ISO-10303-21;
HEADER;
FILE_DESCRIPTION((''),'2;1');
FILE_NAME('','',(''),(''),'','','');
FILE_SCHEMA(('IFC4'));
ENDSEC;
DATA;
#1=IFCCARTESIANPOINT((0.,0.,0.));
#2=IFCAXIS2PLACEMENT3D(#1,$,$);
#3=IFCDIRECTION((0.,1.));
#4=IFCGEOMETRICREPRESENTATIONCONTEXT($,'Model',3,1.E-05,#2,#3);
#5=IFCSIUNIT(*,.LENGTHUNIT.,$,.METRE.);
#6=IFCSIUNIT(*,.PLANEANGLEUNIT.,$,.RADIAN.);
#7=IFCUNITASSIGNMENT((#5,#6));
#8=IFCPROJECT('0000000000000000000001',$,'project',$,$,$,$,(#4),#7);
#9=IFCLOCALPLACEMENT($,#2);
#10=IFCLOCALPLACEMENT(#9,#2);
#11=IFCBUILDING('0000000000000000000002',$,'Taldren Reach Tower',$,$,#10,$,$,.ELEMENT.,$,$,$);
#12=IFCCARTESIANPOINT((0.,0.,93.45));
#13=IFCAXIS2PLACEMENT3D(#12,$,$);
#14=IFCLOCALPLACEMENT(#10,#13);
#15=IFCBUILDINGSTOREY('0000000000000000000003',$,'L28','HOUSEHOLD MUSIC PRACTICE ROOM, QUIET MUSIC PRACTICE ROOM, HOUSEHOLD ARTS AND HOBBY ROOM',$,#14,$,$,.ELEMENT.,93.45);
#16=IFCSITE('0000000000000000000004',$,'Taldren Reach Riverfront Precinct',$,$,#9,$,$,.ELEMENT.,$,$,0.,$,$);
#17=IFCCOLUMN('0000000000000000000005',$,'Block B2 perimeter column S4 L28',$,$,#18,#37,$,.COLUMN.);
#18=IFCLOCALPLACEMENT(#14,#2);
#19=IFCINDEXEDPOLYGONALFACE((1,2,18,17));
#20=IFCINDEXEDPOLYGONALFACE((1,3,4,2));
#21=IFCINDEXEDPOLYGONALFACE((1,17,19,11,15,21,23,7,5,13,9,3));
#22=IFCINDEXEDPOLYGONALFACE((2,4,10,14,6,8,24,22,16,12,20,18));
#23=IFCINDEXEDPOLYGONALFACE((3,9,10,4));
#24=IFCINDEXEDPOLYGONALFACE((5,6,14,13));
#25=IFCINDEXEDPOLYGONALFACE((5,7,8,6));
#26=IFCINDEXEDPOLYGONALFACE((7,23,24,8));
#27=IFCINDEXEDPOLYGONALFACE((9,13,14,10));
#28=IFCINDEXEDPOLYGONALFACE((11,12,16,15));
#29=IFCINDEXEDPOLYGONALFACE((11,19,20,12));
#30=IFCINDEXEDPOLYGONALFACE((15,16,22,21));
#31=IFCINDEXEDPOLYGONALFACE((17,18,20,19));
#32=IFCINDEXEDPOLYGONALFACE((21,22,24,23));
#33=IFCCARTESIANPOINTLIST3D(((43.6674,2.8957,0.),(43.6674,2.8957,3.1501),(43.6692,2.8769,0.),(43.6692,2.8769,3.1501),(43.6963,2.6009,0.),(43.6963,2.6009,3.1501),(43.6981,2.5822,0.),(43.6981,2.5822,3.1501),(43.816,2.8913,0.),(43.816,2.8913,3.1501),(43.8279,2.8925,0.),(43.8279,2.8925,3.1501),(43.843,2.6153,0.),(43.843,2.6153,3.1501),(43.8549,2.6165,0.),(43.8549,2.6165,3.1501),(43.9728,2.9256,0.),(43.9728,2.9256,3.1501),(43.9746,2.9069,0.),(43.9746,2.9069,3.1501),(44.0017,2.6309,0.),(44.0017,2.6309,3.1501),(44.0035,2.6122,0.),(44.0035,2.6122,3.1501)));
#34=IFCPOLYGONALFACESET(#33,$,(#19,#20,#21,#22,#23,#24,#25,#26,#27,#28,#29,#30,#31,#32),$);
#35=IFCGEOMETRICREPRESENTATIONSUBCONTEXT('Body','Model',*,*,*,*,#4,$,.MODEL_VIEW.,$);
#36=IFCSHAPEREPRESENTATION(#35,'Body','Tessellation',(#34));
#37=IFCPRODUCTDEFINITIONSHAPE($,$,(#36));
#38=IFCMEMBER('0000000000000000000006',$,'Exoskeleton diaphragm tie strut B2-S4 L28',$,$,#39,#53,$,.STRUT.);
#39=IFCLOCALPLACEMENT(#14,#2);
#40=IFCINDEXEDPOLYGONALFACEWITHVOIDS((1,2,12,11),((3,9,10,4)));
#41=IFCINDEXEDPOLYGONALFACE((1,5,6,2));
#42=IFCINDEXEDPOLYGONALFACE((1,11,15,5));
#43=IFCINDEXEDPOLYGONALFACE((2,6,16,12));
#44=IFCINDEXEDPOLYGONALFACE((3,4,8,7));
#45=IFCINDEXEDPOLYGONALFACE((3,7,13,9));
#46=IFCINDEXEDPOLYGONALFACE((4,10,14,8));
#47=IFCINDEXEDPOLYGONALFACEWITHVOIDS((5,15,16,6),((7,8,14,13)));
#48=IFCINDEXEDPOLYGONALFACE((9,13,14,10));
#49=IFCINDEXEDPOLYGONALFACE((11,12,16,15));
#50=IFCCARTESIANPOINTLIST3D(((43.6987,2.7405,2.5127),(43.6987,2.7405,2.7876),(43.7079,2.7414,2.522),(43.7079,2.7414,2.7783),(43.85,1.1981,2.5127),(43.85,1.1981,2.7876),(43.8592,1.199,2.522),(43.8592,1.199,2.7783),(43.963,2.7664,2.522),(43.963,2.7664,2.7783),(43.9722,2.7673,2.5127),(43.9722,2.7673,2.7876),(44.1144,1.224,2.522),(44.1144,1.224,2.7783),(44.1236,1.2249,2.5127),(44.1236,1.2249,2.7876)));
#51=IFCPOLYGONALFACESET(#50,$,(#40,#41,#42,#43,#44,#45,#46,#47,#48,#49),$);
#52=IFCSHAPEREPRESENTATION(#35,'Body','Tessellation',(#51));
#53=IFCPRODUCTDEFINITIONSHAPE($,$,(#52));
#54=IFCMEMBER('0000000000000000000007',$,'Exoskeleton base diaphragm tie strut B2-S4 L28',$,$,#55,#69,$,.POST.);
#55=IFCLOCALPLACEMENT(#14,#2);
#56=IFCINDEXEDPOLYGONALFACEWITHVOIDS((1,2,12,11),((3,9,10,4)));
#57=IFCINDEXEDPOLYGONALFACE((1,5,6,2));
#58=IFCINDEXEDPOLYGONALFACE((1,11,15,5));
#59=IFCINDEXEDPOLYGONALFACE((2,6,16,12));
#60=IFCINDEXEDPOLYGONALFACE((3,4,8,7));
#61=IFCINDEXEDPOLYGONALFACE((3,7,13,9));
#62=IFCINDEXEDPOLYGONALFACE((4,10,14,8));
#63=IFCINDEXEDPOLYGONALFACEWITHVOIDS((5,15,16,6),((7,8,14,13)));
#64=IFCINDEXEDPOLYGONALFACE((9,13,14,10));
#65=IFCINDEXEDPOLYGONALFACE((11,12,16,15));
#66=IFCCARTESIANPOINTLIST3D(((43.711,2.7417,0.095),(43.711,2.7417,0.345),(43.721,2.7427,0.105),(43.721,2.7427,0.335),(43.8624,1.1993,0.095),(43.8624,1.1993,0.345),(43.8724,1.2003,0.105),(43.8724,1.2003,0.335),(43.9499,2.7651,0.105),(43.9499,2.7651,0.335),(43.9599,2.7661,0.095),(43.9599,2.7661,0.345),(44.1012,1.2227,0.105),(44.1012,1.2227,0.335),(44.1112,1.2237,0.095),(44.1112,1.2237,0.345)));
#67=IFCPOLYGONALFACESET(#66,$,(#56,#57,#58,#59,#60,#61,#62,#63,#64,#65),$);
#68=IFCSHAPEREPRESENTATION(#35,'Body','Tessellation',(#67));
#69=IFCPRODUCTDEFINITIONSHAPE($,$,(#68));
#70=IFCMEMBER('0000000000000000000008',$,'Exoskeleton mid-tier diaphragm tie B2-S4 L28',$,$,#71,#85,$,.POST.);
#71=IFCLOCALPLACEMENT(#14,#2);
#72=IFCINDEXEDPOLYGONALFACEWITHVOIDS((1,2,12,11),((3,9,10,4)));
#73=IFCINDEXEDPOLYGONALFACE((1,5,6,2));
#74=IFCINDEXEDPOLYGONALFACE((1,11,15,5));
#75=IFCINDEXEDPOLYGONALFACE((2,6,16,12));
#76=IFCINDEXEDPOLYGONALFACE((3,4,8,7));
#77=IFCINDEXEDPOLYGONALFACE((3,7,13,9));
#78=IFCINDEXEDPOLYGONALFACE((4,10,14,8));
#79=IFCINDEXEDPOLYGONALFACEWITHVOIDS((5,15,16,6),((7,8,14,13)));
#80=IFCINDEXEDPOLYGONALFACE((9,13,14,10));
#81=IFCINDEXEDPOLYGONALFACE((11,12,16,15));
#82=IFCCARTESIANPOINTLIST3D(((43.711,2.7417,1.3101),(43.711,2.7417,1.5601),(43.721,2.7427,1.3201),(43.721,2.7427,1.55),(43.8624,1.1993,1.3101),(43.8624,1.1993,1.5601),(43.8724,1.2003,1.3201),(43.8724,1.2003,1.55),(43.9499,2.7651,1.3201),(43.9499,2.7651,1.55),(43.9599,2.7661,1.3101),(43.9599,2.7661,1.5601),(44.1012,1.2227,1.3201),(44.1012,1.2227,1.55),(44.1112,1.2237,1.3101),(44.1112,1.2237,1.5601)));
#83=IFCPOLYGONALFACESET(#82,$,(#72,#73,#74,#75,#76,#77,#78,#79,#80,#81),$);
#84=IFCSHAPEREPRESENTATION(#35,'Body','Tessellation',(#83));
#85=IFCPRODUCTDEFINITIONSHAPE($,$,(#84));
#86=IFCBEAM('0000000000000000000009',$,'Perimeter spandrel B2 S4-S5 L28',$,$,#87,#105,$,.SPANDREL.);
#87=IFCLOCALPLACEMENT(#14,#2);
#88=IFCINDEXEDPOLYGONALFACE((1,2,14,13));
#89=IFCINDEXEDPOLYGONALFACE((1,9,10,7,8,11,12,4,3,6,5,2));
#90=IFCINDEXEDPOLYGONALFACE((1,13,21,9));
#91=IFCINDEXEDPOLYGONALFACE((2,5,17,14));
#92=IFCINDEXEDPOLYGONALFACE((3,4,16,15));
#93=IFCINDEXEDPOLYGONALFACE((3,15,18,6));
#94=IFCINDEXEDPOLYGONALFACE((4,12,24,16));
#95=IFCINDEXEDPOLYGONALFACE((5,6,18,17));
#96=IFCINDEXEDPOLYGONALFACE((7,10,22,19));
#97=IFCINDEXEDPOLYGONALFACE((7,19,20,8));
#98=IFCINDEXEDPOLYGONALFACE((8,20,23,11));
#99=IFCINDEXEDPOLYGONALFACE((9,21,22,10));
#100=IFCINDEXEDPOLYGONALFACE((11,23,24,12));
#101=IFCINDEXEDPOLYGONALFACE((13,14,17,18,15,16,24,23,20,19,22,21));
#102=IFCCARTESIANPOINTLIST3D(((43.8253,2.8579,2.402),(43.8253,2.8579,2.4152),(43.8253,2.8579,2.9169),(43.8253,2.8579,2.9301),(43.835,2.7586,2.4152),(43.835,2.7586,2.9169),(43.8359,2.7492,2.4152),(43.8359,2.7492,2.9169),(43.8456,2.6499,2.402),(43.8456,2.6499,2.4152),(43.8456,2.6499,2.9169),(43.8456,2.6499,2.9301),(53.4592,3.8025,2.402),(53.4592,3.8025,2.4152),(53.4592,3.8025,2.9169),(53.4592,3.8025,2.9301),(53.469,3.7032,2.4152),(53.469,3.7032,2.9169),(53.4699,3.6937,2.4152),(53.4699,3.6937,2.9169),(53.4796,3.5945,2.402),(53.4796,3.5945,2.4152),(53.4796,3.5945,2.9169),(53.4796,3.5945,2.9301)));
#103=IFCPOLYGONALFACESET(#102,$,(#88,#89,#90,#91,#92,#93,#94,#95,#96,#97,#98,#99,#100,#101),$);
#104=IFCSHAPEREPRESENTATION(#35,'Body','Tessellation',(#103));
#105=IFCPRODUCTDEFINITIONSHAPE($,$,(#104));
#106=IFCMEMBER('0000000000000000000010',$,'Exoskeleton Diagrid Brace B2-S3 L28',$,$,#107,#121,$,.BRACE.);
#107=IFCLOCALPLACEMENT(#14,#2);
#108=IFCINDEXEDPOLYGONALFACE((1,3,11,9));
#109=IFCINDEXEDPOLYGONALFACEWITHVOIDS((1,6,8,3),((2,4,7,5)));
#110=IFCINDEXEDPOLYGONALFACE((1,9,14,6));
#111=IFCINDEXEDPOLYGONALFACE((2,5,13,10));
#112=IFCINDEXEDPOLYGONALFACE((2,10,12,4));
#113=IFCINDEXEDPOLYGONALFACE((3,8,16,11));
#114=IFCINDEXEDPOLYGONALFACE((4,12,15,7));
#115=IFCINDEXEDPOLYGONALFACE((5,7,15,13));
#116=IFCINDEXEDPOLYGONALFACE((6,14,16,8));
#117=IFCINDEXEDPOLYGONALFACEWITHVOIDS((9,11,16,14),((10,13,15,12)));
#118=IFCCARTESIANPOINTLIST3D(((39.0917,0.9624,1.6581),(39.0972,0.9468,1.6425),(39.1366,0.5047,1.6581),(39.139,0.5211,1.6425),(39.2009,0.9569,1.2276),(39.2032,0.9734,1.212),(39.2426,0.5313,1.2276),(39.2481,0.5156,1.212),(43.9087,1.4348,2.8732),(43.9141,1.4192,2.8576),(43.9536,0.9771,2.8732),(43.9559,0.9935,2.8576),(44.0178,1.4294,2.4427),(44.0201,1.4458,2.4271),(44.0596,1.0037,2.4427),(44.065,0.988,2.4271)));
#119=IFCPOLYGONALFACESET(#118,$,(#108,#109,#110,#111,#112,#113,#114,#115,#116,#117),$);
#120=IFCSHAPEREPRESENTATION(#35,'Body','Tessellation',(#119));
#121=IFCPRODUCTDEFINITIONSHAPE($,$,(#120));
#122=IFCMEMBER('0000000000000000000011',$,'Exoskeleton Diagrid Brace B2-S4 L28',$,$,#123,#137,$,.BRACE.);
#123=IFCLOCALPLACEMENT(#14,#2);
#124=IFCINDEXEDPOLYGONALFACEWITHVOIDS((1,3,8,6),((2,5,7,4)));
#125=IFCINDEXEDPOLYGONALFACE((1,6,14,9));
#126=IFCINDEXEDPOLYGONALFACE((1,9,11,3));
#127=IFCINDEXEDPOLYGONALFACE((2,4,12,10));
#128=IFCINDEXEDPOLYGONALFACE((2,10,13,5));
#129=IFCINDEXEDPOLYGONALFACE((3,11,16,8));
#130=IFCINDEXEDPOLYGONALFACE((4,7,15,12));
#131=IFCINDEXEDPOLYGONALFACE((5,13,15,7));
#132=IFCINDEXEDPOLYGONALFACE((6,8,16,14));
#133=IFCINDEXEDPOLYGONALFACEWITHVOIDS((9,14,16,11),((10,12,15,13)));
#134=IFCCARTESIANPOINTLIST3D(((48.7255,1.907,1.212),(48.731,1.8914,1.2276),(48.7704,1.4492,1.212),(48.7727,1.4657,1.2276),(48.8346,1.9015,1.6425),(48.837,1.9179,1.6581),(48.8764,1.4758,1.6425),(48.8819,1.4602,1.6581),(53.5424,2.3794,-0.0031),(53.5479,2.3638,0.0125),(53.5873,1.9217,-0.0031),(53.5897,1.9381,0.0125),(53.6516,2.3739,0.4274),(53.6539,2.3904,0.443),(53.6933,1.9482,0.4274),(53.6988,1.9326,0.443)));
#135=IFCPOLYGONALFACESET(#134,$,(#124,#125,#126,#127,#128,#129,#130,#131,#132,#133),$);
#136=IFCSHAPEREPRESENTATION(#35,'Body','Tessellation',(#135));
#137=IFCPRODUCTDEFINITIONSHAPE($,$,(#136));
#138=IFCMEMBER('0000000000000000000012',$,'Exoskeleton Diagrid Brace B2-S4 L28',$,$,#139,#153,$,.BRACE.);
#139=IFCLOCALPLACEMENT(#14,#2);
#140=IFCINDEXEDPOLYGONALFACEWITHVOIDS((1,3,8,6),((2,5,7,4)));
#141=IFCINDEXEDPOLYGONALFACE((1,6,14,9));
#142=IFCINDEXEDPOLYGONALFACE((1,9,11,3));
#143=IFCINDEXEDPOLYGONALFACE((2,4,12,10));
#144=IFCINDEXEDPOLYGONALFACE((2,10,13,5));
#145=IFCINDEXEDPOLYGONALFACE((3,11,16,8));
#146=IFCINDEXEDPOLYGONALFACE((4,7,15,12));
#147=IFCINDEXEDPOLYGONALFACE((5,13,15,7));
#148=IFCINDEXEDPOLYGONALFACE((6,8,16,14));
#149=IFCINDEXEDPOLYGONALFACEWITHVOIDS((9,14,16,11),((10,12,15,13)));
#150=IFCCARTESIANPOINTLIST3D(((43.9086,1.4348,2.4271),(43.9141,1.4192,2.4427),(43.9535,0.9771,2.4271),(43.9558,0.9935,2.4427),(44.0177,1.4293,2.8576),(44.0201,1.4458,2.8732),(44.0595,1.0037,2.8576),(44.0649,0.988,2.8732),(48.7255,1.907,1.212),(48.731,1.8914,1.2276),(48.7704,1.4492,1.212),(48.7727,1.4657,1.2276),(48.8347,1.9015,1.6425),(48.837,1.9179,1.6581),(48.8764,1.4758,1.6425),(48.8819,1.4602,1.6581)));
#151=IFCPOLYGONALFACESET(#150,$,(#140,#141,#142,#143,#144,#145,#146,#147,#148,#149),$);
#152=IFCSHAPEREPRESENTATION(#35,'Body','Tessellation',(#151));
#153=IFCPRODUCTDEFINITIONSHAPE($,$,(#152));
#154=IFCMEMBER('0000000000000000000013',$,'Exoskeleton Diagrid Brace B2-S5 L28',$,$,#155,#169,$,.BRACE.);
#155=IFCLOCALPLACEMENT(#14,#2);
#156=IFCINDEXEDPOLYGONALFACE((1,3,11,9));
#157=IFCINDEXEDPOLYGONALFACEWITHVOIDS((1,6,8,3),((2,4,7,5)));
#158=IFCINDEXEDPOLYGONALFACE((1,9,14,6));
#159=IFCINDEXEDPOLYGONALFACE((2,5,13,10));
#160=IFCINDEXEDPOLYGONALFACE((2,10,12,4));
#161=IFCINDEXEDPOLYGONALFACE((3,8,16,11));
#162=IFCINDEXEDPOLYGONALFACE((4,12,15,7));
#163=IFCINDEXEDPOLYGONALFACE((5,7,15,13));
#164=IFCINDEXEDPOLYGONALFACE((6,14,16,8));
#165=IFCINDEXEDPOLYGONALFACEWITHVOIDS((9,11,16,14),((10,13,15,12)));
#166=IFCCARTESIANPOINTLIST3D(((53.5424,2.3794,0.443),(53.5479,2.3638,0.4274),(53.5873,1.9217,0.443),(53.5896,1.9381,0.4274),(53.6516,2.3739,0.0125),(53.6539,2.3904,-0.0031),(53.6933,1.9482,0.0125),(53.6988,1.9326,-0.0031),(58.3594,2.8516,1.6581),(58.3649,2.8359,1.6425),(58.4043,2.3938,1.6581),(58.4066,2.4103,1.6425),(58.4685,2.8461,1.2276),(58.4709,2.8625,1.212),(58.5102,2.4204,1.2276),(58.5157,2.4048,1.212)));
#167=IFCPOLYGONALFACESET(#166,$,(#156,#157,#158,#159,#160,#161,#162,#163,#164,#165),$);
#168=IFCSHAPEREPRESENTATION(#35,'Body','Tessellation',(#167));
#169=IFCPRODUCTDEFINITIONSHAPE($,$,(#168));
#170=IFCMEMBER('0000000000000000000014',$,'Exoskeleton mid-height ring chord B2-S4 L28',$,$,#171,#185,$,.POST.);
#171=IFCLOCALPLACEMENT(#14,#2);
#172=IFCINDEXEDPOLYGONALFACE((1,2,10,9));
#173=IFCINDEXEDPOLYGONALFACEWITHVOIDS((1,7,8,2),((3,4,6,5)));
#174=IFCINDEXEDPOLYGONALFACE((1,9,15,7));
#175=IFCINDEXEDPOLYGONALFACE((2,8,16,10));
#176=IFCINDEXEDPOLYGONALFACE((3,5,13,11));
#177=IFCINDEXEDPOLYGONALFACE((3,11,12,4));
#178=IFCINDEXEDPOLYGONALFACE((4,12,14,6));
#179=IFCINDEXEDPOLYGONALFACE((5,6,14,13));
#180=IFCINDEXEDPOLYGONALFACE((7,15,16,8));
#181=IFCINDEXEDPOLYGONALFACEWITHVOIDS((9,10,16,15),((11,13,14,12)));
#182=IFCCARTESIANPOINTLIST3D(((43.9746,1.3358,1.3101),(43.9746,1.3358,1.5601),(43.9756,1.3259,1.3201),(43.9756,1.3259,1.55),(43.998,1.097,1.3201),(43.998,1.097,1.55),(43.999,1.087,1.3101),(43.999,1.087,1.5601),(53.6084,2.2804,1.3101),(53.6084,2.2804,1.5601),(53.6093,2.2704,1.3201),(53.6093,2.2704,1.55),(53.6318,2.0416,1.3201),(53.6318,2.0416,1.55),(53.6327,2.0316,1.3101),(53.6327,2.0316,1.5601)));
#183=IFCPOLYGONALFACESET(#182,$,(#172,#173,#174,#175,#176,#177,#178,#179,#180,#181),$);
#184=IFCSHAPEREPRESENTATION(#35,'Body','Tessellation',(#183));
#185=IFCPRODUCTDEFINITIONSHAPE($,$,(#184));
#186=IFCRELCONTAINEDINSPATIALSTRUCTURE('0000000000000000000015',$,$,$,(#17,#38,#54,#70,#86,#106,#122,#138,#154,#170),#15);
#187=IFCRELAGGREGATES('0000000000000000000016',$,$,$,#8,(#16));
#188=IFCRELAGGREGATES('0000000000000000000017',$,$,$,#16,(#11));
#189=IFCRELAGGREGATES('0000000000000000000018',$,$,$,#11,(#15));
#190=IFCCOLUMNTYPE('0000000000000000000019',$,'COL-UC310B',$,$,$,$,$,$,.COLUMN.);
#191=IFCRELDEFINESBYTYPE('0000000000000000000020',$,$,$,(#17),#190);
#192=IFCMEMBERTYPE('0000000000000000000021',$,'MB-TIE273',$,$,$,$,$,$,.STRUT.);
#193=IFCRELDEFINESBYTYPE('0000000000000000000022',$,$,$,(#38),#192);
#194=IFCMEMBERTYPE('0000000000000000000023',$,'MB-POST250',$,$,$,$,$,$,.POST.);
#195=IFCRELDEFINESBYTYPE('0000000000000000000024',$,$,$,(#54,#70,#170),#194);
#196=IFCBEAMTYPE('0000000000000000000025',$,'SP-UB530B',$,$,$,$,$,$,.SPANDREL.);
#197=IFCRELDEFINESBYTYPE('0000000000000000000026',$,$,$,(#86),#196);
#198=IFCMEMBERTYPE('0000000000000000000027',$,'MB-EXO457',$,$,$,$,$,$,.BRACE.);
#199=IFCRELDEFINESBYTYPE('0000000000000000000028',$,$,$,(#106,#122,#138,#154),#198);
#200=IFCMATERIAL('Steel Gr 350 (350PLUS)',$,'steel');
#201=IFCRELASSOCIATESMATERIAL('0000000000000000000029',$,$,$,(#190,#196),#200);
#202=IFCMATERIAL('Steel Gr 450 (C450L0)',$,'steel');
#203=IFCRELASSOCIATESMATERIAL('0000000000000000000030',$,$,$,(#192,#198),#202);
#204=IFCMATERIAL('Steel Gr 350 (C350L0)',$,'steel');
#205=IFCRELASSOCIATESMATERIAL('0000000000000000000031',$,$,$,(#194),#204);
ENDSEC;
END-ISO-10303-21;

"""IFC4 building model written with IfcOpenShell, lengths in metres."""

from ifc_helpers import new_model, si_unit, direction, frame, origin, origin_2d, place, context, subcontext, project, spatial, hollow_rectangle, i_section, extrude, source, transform, mapped, material, material_profile, profile_set, type_object, element, save


model = new_model("IFC4")

# Units and contexts
model_context = context("Model", 3, precision=1e-05, world=origin(), true_north=direction((0.0, 1.0)))
body_context = subcontext(model_context, "Body", "Model", "MODEL_VIEW")
ifc_project = project(units=[si_unit("LENGTHUNIT", "METRE"), si_unit("PLANEANGLEUNIT", "RADIAN")], contexts=[model_context])

# Site, building, storey
site_placement = place(None, origin())
site = spatial("IfcSite", under=ifc_project, at=site_placement, Name="Taldren Reach Riverfront Precinct", CompositionType="ELEMENT", RefElevation=0.0)
building_placement = place(site_placement, origin())
building = spatial("IfcBuilding", under=site, at=building_placement, Name="Taldren Reach Tower", CompositionType="ELEMENT")
storey_placement = place(building_placement, frame((0.0, 0.0, 93.45)))
storey = spatial("IfcBuildingStorey", under=building, at=storey_placement, Name="L28", Description="HOUSEHOLD MUSIC PRACTICE ROOM, QUIET MUSIC PRACTICE ROOM, HOUSEHOLD ARTS AND HOBBY ROOM", CompositionType="ELEMENT", Elevation=93.45)

# Column
ifc_material_1 = material(Name="Steel Gr 350 (350PLUS)", Category="steel")
ifc_material_profile_1 = material_profile(ifc_material_1, i_section(OverallWidth=0.3069, OverallDepth=0.3149, WebThickness=0.012, FlangeThickness=0.0188, at=origin_2d()), Name="310UC118")
ifc_profile_set_1 = profile_set([ifc_material_profile_1], Name="Steel Gr 350 (350PLUS)")
column_type = type_object("IfcColumnType", Name="COL-UC310B", PredefinedType="COLUMN", material=ifc_profile_set_1)
shared_shape_1 = source(origin(), body_context, "Body", "SweptSolid", [
    extrude(i_section(OverallWidth=0.3069, OverallDepth=0.3149, WebThickness=0.012, FlangeThickness=0.0188, at=origin_2d()), origin(), (0.0, 0.0, 1.0), 3.1501),
])
column_placement = place(storey_placement, frame((43.8354, 2.7539, 0.0), z_axis=(0.0, 0.0, 1.0), x_axis=(0.995227, 0.097583, 0.0)))
element("IfcColumn", 1, at=column_placement, inside=storey, type_object=column_type, Name="Block B2 perimeter column S4 L28", PredefinedType="COLUMN", context=body_context, shape_type="MappedRepresentation", body=[
    mapped(shared_shape_1, transform((0.0, 0.0, 0.0), scale=1.0)),
])

# Members
ifc_material_2 = material(Name="Steel Gr 450 (C450L0)", Category="steel")
ifc_material_profile_2 = material_profile(ifc_material_2, hollow_rectangle(XDim=0.2749, YDim=0.2749, WallThickness=0.0093, at=origin_2d()), Name="275x275x9.3SHS")
ifc_profile_set_2 = profile_set([ifc_material_profile_2], Name="Steel Gr 450 (C450L0)")
member_type_1 = type_object("IfcMemberType", Name="MB-TIE273", PredefinedType="STRUT", material=ifc_profile_set_2)
shared_shape_2 = source(origin(), body_context, "Body", "SweptSolid", [
    extrude(hollow_rectangle(XDim=0.2749, YDim=0.2749, WallThickness=0.0093, at=origin_2d()), origin(), (0.0, 0.0, 1.0), 1.5498),
])
member_1_placement = place(storey_placement, frame((43.8354, 2.7539, 2.6501), z_axis=(0.097663, -0.99522, 0.0), x_axis=(0.99522, 0.097663, 0.0)))
element("IfcMember", 2, at=member_1_placement, inside=storey, type_object=member_type_1, Name="Exoskeleton diaphragm tie strut B2-S4 L28", PredefinedType="STRUT", context=body_context, shape_type="MappedRepresentation", body=[
    mapped(shared_shape_2, transform((0.0, 0.0, 0.0), scale=1.0)),
])
ifc_material_3 = material(Name="Steel Gr 350 (C350L0)", Category="steel")
ifc_material_profile_3 = material_profile(ifc_material_3, hollow_rectangle(XDim=0.25, YDim=0.25, WallThickness=0.01, at=origin_2d()), Name="250x250x10.0SHS")
ifc_profile_set_3 = profile_set([ifc_material_profile_3], Name="Steel Gr 350 (C350L0)")
member_type_2 = type_object("IfcMemberType", Name="MB-POST250", PredefinedType="POST", material=ifc_profile_set_3)
shared_shape_3 = source(origin(), body_context, "Body", "SweptSolid", [
    extrude(hollow_rectangle(XDim=0.25, YDim=0.25, WallThickness=0.01, at=origin_2d()), origin(), (0.0, 0.0, 1.0), 1.5498),
])
for number, where, z_axis, x_axis, name in (
    (3, (43.8354, 2.7539, 0.22), (0.097663, -0.99522, 0.0), (0.99522, 0.097663, 0.0), "Exoskeleton base diaphragm tie strut B2-S4 L28"),
    (4, (43.8354, 2.7539, 1.4351), (0.097663, -0.99522, 0.0), (0.99522, 0.097663, 0.0), "Exoskeleton mid-tier diaphragm tie B2-S4 L28"),
):
    element("IfcMember", number, at=place(storey_placement, frame(where, z_axis=z_axis, x_axis=x_axis)), inside=storey, type_object=member_type_2, Name=name, PredefinedType="POST", context=body_context, shape_type="MappedRepresentation", body=[
        mapped(shared_shape_3, transform((0.0, 0.0, 0.0), scale=1.0)),
    ])

# Beam
ifc_material_profile_4 = material_profile(ifc_material_1, i_section(OverallWidth=0.209, OverallDepth=0.5281, WebThickness=0.0095, FlangeThickness=0.0132, at=origin_2d()), Name="530UB82.0")
ifc_profile_set_4 = profile_set([ifc_material_profile_4], Name="Steel Gr 350 (350PLUS)")
beam_type = type_object("IfcBeamType", Name="SP-UB530B", PredefinedType="SPANDREL", material=ifc_profile_set_4)
shared_shape_4 = source(origin(), body_context, "Body", "SweptSolid", [
    extrude(i_section(OverallWidth=0.209, OverallDepth=0.5281, WebThickness=0.0095, FlangeThickness=0.0132, at=origin_2d()), origin(), (0.0, 0.0, 1.0), 9.6802),
])
beam_placement = place(storey_placement, frame((43.8354, 2.7539, 2.666), z_axis=(0.995228, 0.097578, 0.0), x_axis=(-0.097578, 0.995228, 0.0)))
element("IfcBeam", 5, at=beam_placement, inside=storey, type_object=beam_type, Name="Perimeter spandrel B2 S4-S5 L28", PredefinedType="SPANDREL", context=body_context, shape_type="MappedRepresentation", body=[
    mapped(shared_shape_4, transform((0.0, 0.0, 0.0), scale=1.0)),
])

# Members
ifc_material_profile_5 = material_profile(ifc_material_2, hollow_rectangle(XDim=0.46, YDim=0.46, WallThickness=0.0161, at=origin_2d()), Name="460x460x16.0SHS")
ifc_profile_set_5 = profile_set([ifc_material_profile_5], Name="Steel Gr 450 (C450L0)")
member_type_3 = type_object("IfcMemberType", Name="MB-EXO457", PredefinedType="BRACE", material=ifc_profile_set_5)
shared_shape_5 = source(origin(), body_context, "Body", "SweptSolid", [
    extrude(hollow_rectangle(XDim=0.46, YDim=0.46, WallThickness=0.0161, at=origin_2d()), origin(), (0.0, 0.0, 1.0), 4.9902),
])
for number, where, z_axis, x_axis, name in (
    (6, (39.1699, 0.739, 1.4351), (0.965271, 0.094668, 0.243495), (-0.097606, 0.995225, 0.0), "Exoskeleton Diagrid Brace B2-S3 L28"),
    (7, (53.6206, 2.156, 0.22), (-0.965271, -0.094668, 0.243495), (0.097606, -0.995225, 0.0), "Exoskeleton Diagrid Brace B2-S4 L28"),
    (8, (48.8037, 1.6836, 1.4351), (-0.965276, -0.09462, 0.243496), (0.097556, -0.99523, 0.0), "Exoskeleton Diagrid Brace B2-S4 L28"),
    (9, (53.6206, 2.156, 0.22), (0.965276, 0.09462, 0.243496), (-0.097556, 0.99523, 0.0), "Exoskeleton Diagrid Brace B2-S5 L28"),
):
    element("IfcMember", number, at=place(storey_placement, frame(where, z_axis=z_axis, x_axis=x_axis)), inside=storey, type_object=member_type_3, Name=name, PredefinedType="BRACE", context=body_context, shape_type="MappedRepresentation", body=[
        mapped(shared_shape_5, transform((0.0, 0.0, 0.0), scale=1.0)),
    ])
shared_shape_6 = source(origin(), body_context, "Body", "SweptSolid", [
    extrude(hollow_rectangle(XDim=0.25, YDim=0.25, WallThickness=0.01, at=origin_2d()), origin(), (0.0, 0.0, 1.0), 9.6799),
])
for number, where, z_axis, x_axis, name in (
    (10, (43.9868, 1.2114, 1.4351), (0.995228, 0.097581, 0.0), (-0.097581, 0.995228, 0.0), "Exoskeleton mid-height ring chord B2-S4 L28"),
):
    element("IfcMember", number, at=place(storey_placement, frame(where, z_axis=z_axis, x_axis=x_axis)), inside=storey, type_object=member_type_2, Name=name, PredefinedType="POST", context=body_context, shape_type="MappedRepresentation", body=[
        mapped(shared_shape_6, transform((0.0, 0.0, 0.0), scale=1.0)),
    ])

save(model, "model.ifc")
